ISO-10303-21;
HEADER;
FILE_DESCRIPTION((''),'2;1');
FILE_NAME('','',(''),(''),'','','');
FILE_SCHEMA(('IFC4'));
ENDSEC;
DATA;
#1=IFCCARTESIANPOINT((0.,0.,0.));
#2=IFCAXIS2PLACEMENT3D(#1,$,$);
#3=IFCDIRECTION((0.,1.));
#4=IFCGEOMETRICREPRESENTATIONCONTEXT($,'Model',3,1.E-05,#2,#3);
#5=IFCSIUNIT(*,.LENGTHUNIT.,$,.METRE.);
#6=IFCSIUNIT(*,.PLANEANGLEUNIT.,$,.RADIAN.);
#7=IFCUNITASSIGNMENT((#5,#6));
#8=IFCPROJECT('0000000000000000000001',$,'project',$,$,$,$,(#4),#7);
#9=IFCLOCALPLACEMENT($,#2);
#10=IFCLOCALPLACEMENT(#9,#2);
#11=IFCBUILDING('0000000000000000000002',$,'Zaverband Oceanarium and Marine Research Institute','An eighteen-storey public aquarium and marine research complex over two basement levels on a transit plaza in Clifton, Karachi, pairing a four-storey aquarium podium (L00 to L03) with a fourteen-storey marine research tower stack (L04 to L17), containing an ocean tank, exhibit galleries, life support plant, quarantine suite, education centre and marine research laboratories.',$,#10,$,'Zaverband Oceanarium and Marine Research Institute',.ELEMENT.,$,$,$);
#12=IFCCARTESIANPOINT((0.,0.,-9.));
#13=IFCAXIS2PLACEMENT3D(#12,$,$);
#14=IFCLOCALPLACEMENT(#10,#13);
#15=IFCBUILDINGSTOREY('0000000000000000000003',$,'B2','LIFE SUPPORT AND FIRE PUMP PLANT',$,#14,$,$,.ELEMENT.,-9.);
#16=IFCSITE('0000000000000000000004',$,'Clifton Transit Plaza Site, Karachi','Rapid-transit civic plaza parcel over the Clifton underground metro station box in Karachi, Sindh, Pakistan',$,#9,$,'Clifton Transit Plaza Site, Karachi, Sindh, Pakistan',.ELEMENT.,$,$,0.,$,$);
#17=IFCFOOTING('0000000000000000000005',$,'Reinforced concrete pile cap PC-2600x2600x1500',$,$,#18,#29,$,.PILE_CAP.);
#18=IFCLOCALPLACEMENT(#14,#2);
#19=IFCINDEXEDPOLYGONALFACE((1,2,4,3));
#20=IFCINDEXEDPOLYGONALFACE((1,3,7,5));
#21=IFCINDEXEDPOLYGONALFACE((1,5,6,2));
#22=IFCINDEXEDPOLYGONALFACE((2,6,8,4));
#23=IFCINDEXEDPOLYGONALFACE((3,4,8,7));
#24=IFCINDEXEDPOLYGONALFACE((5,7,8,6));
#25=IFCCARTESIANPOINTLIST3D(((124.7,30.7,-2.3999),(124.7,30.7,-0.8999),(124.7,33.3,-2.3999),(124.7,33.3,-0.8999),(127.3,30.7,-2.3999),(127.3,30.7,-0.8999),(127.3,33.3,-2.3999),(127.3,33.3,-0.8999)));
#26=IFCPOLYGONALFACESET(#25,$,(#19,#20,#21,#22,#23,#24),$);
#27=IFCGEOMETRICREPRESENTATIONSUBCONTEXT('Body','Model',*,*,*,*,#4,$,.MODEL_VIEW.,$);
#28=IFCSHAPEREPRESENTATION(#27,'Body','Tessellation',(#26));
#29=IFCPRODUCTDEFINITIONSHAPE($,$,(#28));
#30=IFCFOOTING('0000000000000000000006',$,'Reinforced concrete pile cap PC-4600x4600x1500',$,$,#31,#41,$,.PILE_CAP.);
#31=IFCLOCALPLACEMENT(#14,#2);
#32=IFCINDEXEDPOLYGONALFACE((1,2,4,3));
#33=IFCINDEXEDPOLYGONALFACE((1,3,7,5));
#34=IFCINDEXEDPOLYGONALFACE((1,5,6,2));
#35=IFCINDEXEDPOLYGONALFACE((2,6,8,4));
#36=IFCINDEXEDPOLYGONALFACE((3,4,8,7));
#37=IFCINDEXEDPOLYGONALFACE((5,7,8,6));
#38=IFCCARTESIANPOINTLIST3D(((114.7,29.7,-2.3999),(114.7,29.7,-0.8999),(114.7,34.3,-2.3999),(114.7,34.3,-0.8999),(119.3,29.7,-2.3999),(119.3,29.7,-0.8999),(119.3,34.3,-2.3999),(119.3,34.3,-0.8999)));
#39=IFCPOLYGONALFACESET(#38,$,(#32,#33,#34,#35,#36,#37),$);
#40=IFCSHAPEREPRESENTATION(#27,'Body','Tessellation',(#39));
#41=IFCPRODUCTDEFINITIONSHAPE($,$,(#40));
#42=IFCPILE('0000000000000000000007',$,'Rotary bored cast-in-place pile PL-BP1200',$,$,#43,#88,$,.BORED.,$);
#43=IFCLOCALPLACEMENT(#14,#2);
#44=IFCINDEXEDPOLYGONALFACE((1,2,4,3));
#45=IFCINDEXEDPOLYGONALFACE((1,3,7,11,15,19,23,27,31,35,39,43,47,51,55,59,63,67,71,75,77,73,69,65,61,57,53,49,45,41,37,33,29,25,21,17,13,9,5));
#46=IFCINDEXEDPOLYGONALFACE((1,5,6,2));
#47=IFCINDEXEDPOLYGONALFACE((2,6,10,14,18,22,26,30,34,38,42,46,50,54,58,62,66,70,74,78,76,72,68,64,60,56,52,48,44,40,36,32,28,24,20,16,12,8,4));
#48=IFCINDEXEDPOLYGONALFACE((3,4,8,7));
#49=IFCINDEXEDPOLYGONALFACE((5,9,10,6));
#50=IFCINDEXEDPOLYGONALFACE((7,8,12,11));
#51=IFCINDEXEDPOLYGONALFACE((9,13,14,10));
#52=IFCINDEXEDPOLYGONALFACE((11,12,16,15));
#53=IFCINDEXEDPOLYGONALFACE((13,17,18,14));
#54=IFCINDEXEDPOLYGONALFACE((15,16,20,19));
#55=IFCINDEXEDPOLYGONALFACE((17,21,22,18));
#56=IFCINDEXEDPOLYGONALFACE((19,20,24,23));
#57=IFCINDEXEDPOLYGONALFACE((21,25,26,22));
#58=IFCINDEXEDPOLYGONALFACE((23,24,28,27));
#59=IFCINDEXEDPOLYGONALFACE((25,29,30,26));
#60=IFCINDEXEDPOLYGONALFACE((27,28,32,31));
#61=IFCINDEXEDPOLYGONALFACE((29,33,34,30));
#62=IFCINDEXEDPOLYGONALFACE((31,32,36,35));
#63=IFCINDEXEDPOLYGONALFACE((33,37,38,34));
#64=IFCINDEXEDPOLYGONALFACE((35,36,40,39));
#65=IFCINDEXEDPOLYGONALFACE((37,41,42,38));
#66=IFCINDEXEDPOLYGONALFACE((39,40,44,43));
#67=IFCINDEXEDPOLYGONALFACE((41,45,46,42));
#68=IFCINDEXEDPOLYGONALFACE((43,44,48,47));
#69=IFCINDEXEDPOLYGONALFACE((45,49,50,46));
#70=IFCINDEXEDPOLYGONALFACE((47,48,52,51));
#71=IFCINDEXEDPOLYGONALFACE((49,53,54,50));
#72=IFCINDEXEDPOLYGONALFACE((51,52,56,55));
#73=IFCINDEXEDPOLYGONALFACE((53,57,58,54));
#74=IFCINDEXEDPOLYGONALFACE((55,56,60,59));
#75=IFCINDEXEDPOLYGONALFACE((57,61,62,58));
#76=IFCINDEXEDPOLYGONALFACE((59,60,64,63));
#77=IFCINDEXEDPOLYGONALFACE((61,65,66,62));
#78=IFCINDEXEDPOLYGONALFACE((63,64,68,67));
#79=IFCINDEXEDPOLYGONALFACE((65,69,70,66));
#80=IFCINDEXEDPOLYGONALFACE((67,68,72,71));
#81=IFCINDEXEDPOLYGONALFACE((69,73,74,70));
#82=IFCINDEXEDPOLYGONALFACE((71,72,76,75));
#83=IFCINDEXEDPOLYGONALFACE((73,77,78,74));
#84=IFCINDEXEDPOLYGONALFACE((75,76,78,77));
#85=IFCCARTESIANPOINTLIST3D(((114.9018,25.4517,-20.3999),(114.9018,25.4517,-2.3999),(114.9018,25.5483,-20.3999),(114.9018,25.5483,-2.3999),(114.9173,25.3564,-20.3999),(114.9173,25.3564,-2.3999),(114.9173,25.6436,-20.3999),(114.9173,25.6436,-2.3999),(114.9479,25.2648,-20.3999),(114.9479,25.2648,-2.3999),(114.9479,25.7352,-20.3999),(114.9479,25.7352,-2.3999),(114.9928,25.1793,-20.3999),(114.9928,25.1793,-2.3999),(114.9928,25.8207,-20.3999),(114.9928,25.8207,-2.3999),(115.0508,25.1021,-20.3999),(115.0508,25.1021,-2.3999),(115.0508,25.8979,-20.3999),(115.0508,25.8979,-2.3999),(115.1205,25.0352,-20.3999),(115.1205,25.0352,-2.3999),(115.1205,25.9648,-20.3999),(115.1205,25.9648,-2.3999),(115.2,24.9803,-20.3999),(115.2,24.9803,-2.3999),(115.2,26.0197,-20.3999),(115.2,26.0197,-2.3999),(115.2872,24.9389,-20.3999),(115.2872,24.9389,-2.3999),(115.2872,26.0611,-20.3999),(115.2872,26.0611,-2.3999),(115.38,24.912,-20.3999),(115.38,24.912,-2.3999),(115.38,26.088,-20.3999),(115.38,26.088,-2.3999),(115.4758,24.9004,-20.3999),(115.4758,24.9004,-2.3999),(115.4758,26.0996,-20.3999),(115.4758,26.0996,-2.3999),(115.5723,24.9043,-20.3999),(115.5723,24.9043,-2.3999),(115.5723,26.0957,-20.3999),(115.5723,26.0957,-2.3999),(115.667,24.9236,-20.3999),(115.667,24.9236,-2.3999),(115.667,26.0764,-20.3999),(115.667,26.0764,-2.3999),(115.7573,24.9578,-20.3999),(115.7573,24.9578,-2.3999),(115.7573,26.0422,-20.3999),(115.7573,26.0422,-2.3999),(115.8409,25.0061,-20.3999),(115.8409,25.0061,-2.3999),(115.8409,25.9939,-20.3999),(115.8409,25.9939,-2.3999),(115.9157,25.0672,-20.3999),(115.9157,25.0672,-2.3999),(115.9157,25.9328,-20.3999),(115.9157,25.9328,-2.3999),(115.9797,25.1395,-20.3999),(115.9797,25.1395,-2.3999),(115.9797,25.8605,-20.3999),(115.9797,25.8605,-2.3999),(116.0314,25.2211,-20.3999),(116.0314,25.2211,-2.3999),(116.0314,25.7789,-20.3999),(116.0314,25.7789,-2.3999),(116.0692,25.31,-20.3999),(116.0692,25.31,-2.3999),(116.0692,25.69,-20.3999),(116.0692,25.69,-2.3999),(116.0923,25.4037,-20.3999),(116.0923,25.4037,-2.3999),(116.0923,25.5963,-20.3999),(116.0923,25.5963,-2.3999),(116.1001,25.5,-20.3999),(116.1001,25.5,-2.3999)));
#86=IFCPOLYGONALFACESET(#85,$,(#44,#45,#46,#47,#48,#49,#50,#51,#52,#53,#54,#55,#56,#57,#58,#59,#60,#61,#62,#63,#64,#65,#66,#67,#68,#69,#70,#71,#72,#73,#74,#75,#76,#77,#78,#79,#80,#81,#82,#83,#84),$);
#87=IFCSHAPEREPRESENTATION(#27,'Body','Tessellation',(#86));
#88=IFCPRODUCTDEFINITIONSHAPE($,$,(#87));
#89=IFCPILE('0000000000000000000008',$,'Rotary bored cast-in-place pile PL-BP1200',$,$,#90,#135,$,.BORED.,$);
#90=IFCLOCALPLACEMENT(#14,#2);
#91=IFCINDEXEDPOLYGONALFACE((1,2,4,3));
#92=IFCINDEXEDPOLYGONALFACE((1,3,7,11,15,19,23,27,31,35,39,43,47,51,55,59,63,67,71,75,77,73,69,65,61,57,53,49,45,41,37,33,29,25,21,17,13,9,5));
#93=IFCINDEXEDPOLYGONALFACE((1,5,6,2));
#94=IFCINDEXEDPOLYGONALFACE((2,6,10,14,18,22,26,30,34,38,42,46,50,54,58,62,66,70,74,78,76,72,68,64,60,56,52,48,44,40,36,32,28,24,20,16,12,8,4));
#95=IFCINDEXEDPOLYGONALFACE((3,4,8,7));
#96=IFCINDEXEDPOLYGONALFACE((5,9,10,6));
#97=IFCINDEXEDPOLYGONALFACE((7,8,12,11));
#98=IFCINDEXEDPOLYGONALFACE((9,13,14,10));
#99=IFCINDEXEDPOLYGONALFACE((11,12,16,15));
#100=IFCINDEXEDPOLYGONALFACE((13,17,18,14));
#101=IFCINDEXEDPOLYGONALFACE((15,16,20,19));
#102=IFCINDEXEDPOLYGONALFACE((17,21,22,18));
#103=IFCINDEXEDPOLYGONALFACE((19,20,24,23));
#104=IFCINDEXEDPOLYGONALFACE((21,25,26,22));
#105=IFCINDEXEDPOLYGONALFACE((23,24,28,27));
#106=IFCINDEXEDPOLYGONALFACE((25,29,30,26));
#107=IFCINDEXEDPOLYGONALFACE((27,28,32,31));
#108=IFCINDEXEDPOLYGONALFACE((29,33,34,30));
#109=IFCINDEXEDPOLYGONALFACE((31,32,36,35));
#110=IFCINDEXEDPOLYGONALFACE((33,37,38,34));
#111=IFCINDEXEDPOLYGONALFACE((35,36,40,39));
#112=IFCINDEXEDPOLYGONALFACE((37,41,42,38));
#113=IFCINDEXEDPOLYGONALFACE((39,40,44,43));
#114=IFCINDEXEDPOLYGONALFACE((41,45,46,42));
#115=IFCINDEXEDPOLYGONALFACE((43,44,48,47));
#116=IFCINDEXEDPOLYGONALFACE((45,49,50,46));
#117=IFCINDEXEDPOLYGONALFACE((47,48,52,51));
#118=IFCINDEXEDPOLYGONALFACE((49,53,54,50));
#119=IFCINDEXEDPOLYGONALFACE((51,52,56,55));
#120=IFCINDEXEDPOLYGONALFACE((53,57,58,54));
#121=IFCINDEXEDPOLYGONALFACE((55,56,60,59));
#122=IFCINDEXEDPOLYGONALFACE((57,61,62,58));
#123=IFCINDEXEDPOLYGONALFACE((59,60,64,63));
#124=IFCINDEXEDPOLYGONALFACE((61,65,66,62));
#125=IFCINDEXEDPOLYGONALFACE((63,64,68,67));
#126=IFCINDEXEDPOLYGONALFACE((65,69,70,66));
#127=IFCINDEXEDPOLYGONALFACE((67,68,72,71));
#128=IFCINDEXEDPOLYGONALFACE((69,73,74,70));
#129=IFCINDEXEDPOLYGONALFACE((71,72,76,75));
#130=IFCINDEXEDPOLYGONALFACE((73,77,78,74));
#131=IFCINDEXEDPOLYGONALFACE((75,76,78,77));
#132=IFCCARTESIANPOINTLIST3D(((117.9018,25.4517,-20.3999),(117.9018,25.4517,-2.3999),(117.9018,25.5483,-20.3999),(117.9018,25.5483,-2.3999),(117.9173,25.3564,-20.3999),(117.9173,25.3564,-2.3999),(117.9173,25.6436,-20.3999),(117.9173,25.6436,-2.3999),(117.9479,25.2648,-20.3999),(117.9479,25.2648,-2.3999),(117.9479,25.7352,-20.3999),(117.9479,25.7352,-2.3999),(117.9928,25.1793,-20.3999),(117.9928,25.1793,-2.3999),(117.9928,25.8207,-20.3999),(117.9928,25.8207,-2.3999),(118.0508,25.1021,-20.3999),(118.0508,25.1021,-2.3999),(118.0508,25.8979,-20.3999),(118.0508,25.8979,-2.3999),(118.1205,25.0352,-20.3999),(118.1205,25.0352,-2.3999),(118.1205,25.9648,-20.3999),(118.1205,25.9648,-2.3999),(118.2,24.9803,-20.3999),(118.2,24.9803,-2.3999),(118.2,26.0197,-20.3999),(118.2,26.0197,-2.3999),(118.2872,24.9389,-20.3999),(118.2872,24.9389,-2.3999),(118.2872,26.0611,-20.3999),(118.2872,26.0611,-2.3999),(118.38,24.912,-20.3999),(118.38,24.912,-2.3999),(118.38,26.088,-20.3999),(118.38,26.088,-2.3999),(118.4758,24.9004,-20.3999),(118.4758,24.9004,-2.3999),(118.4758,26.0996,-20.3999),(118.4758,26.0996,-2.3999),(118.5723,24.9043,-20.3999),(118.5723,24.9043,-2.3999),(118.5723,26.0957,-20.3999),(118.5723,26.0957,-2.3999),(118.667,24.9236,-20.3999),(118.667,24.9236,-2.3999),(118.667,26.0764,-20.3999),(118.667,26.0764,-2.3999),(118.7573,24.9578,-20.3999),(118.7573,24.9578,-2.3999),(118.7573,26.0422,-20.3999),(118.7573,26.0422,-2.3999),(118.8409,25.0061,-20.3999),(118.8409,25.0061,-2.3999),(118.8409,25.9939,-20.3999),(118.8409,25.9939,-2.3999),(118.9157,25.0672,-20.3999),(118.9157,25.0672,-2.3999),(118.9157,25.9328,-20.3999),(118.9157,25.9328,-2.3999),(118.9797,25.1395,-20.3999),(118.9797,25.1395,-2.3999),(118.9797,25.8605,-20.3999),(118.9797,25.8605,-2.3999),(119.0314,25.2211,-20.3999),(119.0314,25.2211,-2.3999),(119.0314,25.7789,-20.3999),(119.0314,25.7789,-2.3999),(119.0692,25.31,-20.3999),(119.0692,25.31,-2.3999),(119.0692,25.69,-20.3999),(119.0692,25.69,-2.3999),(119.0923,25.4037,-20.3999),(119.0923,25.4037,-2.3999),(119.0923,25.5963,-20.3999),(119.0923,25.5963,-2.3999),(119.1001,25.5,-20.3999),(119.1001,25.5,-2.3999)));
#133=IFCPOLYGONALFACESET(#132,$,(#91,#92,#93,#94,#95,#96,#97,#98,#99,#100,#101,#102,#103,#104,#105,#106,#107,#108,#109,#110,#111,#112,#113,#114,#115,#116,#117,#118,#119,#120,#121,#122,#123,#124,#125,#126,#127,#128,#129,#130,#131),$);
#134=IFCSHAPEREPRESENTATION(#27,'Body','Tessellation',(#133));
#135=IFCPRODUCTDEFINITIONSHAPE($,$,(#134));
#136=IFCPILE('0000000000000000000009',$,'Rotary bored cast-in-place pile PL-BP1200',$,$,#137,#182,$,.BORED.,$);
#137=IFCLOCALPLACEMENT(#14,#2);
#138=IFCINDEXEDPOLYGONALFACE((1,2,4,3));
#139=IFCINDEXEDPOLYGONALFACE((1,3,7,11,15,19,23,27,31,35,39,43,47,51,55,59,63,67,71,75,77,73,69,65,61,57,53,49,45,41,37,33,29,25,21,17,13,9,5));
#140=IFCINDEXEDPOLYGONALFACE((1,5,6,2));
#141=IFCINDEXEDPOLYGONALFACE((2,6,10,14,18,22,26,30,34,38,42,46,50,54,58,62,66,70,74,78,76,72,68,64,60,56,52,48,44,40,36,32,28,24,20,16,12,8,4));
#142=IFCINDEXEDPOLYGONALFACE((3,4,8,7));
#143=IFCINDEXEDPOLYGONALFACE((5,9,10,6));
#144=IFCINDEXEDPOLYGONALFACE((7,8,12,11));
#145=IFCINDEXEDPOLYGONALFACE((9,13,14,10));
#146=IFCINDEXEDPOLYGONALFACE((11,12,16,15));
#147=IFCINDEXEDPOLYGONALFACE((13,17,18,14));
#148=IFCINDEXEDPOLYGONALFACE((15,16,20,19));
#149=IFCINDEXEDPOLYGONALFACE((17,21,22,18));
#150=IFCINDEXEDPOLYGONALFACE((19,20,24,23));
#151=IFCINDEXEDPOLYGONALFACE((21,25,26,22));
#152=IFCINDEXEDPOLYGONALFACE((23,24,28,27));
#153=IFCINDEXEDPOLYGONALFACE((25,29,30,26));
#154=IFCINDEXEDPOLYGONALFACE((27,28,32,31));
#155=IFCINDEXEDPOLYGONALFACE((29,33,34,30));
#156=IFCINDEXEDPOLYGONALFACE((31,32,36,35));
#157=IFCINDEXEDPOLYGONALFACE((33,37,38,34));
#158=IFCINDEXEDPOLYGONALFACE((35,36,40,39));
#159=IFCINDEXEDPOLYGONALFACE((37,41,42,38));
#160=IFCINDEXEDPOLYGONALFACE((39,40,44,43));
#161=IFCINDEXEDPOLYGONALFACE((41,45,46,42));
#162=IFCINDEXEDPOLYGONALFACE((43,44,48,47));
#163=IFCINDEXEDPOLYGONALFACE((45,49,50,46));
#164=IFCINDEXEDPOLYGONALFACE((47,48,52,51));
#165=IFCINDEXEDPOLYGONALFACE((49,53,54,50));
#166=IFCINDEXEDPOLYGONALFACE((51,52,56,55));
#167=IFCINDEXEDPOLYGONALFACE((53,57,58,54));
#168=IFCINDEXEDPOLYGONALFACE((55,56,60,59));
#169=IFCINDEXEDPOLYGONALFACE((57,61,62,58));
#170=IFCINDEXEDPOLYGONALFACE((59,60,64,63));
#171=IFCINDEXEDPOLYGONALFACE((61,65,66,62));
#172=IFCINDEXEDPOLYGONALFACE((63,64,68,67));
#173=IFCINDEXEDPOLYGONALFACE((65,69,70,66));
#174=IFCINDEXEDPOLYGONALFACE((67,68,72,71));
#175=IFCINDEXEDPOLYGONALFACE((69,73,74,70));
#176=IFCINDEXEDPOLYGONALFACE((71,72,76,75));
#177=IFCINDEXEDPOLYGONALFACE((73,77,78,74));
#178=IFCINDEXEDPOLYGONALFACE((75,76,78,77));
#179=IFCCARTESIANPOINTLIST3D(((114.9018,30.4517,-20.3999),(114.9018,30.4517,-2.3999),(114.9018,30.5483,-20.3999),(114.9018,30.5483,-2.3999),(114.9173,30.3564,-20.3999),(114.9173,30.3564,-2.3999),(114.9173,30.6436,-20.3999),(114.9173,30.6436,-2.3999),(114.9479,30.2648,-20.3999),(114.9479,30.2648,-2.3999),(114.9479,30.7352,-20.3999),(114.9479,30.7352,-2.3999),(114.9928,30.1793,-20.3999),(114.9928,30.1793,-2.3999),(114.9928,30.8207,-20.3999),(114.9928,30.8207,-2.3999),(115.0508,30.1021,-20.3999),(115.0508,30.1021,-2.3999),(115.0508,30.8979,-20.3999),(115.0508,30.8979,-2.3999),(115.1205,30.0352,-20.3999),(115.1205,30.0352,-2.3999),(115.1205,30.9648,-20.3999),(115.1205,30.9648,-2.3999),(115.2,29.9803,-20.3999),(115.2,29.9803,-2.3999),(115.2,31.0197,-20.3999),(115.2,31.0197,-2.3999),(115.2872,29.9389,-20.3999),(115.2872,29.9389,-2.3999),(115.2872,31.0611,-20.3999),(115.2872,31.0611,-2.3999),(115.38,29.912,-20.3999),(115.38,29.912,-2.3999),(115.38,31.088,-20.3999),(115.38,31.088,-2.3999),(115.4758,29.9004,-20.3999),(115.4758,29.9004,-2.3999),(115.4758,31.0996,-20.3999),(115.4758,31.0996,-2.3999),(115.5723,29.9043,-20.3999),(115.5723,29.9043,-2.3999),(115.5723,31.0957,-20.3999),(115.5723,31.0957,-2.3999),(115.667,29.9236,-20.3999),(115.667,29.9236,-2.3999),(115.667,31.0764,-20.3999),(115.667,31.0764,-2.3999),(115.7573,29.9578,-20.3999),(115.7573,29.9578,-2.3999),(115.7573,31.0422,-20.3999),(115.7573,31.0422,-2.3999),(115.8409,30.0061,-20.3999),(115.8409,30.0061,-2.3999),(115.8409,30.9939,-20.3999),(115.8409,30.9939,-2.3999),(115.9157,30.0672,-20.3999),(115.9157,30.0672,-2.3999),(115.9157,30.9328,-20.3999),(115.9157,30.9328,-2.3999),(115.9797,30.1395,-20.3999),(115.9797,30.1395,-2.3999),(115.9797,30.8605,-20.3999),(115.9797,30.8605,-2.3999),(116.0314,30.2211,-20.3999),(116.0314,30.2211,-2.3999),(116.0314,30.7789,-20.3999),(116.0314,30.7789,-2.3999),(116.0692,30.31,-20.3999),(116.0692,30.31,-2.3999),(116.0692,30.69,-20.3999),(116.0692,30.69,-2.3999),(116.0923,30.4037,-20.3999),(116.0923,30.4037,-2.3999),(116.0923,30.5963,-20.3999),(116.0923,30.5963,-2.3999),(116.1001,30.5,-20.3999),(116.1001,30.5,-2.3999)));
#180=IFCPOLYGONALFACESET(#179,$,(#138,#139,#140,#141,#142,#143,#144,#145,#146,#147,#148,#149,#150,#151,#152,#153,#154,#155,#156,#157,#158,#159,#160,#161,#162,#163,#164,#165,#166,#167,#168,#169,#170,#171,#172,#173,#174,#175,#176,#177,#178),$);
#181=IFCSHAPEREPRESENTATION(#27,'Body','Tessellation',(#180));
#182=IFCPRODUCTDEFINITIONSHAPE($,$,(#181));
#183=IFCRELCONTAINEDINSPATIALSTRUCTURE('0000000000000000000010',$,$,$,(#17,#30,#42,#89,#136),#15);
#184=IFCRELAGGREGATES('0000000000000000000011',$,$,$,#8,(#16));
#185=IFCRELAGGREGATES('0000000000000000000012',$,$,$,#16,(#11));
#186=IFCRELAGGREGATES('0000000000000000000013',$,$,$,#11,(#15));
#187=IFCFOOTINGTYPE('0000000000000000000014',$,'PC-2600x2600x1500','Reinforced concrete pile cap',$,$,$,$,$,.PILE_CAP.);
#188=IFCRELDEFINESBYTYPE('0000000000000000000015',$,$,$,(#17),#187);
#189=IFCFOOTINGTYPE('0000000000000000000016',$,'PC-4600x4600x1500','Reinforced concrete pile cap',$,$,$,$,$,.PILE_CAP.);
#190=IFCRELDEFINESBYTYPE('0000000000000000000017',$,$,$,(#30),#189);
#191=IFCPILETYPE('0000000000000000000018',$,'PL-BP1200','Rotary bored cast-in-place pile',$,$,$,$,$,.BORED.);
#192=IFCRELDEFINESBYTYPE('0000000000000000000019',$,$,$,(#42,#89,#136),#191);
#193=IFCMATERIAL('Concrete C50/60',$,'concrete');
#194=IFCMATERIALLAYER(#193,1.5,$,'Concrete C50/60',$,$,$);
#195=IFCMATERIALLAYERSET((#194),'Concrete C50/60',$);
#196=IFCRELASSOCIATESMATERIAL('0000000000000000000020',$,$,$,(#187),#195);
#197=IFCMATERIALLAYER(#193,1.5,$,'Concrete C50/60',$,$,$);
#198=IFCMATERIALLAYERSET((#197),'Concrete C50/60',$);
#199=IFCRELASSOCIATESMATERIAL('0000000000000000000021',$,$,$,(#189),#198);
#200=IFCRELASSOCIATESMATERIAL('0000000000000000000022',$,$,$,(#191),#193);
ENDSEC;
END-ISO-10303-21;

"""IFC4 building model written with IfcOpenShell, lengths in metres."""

from ifc_helpers import new_model, si_unit, direction, frame, origin, origin_2d, place, context, subcontext, project, spatial, rectangle, circle, extrude, material, layer, layer_set, material_profile, profile_set, type_object, element, save


model = new_model("IFC4")

# Units and contexts
model_context = context("Model", 3, precision=1e-05, world=origin(), true_north=direction((0.0, 1.0)))
body_context = subcontext(model_context, "Body", "Model", "MODEL_VIEW")
ifc_project = project(units=[si_unit("LENGTHUNIT", "METRE"), si_unit("PLANEANGLEUNIT", "RADIAN")], contexts=[model_context])

# Site, building, storey
site_placement = place(None, origin())
site = spatial("IfcSite", under=ifc_project, at=site_placement, Name="Clifton Transit Plaza Site, Karachi", Description="Rapid-transit civic plaza parcel over the Clifton underground metro station box in Karachi, Sindh, Pakistan", LongName="Clifton Transit Plaza Site, Karachi, Sindh, Pakistan", CompositionType="ELEMENT", RefElevation=0.0)
building_placement = place(site_placement, origin())
building = spatial("IfcBuilding", under=site, at=building_placement, Name="Zaverband Oceanarium and Marine Research Institute", Description="An eighteen-storey public aquarium and marine research complex over two basement levels on a transit plaza in Clifton, Karachi, pairing a four-storey aquarium podium (L00 to L03) with a fourteen-storey marine research tower stack (L04 to L17), containing an ocean tank, exhibit galleries, life support plant, quarantine suite, education centre and marine research laboratories.", LongName="Zaverband Oceanarium and Marine Research Institute", CompositionType="ELEMENT")
storey_placement = place(building_placement, frame((0.0, 0.0, -9.0)))
storey = spatial("IfcBuildingStorey", under=building, at=storey_placement, Name="B2", Description="LIFE SUPPORT AND FIRE PUMP PLANT", CompositionType="ELEMENT", Elevation=-9.0)

# Footings
ifc_material_1 = material(Name="Concrete C50/60", Category="concrete")
ifc_layer_1 = layer(ifc_material_1, 1.5, Name="Concrete C50/60")
ifc_layer_set_1 = layer_set([ifc_layer_1], Name="Concrete C50/60")
footing_type_1 = type_object("IfcFootingType", Name="PC-2600x2600x1500", Description="Reinforced concrete pile cap", PredefinedType="PILE_CAP", material=ifc_layer_set_1)
footing_1_placement = place(storey_placement, frame((126.0, 32.0, -2.3999), z_axis=(0.0, 0.0, 1.0), x_axis=(1.0, 0.0, 0.0)))
element("IfcFooting", 1, at=footing_1_placement, inside=storey, type_object=footing_type_1, Name="Reinforced concrete pile cap PC-2600x2600x1500", PredefinedType="PILE_CAP", context=body_context, shape_type="SweptSolid", body=[
    extrude(rectangle(XDim=2.6001, YDim=2.6001, at=origin_2d()), origin(), (0.0, 0.0, 1.0), 1.5),
])
ifc_layer_2 = layer(ifc_material_1, 1.5, Name="Concrete C50/60")
ifc_layer_set_2 = layer_set([ifc_layer_2], Name="Concrete C50/60")
footing_type_2 = type_object("IfcFootingType", Name="PC-4600x4600x1500", Description="Reinforced concrete pile cap", PredefinedType="PILE_CAP", material=ifc_layer_set_2)
footing_2_placement = place(storey_placement, frame((117.0, 32.0, -2.3999), z_axis=(0.0, 0.0, 1.0), x_axis=(1.0, 0.0, 0.0)))
element("IfcFooting", 2, at=footing_2_placement, inside=storey, type_object=footing_type_2, Name="Reinforced concrete pile cap PC-4600x4600x1500", PredefinedType="PILE_CAP", context=body_context, shape_type="SweptSolid", body=[
    extrude(rectangle(XDim=4.6001, YDim=4.6001, at=origin_2d()), origin(), (0.0, 0.0, 1.0), 1.5),
])

# Piles
ifc_material_profile_1 = material_profile(ifc_material_1, circle(Radius=0.6001, at=origin_2d()), Name="BP1200")
ifc_profile_set_1 = profile_set([ifc_material_profile_1], Name="Concrete C50/60")
pile_type = type_object("IfcPileType", Name="PL-BP1200", Description="Rotary bored cast-in-place pile", PredefinedType="BORED", material=ifc_profile_set_1)
for number, where, z_axis, x_axis, name in (
    (3, (115.5, 25.5, -2.3999), (0.0, 0.0, -1.0), (1.0, 0.0, 0.0), "Rotary bored cast-in-place pile PL-BP1200"),
    (4, (118.5, 25.5, -2.3999), (0.0, 0.0, -1.0), (1.0, 0.0, 0.0), "Rotary bored cast-in-place pile PL-BP1200"),
    (5, (115.5, 30.5, -2.3999), (0.0, 0.0, -1.0), (1.0, 0.0, 0.0), "Rotary bored cast-in-place pile PL-BP1200"),
):
    element("IfcPile", number, at=place(storey_placement, frame(where, z_axis=z_axis, x_axis=x_axis)), inside=storey, type_object=pile_type, Name=name, PredefinedType="BORED", context=body_context, shape_type="SweptSolid", body=[
        extrude(circle(Radius=0.6001, at=origin_2d()), origin(), (0.0, 0.0, 1.0), 18.0),
    ])

save(model, "model.ifc")
